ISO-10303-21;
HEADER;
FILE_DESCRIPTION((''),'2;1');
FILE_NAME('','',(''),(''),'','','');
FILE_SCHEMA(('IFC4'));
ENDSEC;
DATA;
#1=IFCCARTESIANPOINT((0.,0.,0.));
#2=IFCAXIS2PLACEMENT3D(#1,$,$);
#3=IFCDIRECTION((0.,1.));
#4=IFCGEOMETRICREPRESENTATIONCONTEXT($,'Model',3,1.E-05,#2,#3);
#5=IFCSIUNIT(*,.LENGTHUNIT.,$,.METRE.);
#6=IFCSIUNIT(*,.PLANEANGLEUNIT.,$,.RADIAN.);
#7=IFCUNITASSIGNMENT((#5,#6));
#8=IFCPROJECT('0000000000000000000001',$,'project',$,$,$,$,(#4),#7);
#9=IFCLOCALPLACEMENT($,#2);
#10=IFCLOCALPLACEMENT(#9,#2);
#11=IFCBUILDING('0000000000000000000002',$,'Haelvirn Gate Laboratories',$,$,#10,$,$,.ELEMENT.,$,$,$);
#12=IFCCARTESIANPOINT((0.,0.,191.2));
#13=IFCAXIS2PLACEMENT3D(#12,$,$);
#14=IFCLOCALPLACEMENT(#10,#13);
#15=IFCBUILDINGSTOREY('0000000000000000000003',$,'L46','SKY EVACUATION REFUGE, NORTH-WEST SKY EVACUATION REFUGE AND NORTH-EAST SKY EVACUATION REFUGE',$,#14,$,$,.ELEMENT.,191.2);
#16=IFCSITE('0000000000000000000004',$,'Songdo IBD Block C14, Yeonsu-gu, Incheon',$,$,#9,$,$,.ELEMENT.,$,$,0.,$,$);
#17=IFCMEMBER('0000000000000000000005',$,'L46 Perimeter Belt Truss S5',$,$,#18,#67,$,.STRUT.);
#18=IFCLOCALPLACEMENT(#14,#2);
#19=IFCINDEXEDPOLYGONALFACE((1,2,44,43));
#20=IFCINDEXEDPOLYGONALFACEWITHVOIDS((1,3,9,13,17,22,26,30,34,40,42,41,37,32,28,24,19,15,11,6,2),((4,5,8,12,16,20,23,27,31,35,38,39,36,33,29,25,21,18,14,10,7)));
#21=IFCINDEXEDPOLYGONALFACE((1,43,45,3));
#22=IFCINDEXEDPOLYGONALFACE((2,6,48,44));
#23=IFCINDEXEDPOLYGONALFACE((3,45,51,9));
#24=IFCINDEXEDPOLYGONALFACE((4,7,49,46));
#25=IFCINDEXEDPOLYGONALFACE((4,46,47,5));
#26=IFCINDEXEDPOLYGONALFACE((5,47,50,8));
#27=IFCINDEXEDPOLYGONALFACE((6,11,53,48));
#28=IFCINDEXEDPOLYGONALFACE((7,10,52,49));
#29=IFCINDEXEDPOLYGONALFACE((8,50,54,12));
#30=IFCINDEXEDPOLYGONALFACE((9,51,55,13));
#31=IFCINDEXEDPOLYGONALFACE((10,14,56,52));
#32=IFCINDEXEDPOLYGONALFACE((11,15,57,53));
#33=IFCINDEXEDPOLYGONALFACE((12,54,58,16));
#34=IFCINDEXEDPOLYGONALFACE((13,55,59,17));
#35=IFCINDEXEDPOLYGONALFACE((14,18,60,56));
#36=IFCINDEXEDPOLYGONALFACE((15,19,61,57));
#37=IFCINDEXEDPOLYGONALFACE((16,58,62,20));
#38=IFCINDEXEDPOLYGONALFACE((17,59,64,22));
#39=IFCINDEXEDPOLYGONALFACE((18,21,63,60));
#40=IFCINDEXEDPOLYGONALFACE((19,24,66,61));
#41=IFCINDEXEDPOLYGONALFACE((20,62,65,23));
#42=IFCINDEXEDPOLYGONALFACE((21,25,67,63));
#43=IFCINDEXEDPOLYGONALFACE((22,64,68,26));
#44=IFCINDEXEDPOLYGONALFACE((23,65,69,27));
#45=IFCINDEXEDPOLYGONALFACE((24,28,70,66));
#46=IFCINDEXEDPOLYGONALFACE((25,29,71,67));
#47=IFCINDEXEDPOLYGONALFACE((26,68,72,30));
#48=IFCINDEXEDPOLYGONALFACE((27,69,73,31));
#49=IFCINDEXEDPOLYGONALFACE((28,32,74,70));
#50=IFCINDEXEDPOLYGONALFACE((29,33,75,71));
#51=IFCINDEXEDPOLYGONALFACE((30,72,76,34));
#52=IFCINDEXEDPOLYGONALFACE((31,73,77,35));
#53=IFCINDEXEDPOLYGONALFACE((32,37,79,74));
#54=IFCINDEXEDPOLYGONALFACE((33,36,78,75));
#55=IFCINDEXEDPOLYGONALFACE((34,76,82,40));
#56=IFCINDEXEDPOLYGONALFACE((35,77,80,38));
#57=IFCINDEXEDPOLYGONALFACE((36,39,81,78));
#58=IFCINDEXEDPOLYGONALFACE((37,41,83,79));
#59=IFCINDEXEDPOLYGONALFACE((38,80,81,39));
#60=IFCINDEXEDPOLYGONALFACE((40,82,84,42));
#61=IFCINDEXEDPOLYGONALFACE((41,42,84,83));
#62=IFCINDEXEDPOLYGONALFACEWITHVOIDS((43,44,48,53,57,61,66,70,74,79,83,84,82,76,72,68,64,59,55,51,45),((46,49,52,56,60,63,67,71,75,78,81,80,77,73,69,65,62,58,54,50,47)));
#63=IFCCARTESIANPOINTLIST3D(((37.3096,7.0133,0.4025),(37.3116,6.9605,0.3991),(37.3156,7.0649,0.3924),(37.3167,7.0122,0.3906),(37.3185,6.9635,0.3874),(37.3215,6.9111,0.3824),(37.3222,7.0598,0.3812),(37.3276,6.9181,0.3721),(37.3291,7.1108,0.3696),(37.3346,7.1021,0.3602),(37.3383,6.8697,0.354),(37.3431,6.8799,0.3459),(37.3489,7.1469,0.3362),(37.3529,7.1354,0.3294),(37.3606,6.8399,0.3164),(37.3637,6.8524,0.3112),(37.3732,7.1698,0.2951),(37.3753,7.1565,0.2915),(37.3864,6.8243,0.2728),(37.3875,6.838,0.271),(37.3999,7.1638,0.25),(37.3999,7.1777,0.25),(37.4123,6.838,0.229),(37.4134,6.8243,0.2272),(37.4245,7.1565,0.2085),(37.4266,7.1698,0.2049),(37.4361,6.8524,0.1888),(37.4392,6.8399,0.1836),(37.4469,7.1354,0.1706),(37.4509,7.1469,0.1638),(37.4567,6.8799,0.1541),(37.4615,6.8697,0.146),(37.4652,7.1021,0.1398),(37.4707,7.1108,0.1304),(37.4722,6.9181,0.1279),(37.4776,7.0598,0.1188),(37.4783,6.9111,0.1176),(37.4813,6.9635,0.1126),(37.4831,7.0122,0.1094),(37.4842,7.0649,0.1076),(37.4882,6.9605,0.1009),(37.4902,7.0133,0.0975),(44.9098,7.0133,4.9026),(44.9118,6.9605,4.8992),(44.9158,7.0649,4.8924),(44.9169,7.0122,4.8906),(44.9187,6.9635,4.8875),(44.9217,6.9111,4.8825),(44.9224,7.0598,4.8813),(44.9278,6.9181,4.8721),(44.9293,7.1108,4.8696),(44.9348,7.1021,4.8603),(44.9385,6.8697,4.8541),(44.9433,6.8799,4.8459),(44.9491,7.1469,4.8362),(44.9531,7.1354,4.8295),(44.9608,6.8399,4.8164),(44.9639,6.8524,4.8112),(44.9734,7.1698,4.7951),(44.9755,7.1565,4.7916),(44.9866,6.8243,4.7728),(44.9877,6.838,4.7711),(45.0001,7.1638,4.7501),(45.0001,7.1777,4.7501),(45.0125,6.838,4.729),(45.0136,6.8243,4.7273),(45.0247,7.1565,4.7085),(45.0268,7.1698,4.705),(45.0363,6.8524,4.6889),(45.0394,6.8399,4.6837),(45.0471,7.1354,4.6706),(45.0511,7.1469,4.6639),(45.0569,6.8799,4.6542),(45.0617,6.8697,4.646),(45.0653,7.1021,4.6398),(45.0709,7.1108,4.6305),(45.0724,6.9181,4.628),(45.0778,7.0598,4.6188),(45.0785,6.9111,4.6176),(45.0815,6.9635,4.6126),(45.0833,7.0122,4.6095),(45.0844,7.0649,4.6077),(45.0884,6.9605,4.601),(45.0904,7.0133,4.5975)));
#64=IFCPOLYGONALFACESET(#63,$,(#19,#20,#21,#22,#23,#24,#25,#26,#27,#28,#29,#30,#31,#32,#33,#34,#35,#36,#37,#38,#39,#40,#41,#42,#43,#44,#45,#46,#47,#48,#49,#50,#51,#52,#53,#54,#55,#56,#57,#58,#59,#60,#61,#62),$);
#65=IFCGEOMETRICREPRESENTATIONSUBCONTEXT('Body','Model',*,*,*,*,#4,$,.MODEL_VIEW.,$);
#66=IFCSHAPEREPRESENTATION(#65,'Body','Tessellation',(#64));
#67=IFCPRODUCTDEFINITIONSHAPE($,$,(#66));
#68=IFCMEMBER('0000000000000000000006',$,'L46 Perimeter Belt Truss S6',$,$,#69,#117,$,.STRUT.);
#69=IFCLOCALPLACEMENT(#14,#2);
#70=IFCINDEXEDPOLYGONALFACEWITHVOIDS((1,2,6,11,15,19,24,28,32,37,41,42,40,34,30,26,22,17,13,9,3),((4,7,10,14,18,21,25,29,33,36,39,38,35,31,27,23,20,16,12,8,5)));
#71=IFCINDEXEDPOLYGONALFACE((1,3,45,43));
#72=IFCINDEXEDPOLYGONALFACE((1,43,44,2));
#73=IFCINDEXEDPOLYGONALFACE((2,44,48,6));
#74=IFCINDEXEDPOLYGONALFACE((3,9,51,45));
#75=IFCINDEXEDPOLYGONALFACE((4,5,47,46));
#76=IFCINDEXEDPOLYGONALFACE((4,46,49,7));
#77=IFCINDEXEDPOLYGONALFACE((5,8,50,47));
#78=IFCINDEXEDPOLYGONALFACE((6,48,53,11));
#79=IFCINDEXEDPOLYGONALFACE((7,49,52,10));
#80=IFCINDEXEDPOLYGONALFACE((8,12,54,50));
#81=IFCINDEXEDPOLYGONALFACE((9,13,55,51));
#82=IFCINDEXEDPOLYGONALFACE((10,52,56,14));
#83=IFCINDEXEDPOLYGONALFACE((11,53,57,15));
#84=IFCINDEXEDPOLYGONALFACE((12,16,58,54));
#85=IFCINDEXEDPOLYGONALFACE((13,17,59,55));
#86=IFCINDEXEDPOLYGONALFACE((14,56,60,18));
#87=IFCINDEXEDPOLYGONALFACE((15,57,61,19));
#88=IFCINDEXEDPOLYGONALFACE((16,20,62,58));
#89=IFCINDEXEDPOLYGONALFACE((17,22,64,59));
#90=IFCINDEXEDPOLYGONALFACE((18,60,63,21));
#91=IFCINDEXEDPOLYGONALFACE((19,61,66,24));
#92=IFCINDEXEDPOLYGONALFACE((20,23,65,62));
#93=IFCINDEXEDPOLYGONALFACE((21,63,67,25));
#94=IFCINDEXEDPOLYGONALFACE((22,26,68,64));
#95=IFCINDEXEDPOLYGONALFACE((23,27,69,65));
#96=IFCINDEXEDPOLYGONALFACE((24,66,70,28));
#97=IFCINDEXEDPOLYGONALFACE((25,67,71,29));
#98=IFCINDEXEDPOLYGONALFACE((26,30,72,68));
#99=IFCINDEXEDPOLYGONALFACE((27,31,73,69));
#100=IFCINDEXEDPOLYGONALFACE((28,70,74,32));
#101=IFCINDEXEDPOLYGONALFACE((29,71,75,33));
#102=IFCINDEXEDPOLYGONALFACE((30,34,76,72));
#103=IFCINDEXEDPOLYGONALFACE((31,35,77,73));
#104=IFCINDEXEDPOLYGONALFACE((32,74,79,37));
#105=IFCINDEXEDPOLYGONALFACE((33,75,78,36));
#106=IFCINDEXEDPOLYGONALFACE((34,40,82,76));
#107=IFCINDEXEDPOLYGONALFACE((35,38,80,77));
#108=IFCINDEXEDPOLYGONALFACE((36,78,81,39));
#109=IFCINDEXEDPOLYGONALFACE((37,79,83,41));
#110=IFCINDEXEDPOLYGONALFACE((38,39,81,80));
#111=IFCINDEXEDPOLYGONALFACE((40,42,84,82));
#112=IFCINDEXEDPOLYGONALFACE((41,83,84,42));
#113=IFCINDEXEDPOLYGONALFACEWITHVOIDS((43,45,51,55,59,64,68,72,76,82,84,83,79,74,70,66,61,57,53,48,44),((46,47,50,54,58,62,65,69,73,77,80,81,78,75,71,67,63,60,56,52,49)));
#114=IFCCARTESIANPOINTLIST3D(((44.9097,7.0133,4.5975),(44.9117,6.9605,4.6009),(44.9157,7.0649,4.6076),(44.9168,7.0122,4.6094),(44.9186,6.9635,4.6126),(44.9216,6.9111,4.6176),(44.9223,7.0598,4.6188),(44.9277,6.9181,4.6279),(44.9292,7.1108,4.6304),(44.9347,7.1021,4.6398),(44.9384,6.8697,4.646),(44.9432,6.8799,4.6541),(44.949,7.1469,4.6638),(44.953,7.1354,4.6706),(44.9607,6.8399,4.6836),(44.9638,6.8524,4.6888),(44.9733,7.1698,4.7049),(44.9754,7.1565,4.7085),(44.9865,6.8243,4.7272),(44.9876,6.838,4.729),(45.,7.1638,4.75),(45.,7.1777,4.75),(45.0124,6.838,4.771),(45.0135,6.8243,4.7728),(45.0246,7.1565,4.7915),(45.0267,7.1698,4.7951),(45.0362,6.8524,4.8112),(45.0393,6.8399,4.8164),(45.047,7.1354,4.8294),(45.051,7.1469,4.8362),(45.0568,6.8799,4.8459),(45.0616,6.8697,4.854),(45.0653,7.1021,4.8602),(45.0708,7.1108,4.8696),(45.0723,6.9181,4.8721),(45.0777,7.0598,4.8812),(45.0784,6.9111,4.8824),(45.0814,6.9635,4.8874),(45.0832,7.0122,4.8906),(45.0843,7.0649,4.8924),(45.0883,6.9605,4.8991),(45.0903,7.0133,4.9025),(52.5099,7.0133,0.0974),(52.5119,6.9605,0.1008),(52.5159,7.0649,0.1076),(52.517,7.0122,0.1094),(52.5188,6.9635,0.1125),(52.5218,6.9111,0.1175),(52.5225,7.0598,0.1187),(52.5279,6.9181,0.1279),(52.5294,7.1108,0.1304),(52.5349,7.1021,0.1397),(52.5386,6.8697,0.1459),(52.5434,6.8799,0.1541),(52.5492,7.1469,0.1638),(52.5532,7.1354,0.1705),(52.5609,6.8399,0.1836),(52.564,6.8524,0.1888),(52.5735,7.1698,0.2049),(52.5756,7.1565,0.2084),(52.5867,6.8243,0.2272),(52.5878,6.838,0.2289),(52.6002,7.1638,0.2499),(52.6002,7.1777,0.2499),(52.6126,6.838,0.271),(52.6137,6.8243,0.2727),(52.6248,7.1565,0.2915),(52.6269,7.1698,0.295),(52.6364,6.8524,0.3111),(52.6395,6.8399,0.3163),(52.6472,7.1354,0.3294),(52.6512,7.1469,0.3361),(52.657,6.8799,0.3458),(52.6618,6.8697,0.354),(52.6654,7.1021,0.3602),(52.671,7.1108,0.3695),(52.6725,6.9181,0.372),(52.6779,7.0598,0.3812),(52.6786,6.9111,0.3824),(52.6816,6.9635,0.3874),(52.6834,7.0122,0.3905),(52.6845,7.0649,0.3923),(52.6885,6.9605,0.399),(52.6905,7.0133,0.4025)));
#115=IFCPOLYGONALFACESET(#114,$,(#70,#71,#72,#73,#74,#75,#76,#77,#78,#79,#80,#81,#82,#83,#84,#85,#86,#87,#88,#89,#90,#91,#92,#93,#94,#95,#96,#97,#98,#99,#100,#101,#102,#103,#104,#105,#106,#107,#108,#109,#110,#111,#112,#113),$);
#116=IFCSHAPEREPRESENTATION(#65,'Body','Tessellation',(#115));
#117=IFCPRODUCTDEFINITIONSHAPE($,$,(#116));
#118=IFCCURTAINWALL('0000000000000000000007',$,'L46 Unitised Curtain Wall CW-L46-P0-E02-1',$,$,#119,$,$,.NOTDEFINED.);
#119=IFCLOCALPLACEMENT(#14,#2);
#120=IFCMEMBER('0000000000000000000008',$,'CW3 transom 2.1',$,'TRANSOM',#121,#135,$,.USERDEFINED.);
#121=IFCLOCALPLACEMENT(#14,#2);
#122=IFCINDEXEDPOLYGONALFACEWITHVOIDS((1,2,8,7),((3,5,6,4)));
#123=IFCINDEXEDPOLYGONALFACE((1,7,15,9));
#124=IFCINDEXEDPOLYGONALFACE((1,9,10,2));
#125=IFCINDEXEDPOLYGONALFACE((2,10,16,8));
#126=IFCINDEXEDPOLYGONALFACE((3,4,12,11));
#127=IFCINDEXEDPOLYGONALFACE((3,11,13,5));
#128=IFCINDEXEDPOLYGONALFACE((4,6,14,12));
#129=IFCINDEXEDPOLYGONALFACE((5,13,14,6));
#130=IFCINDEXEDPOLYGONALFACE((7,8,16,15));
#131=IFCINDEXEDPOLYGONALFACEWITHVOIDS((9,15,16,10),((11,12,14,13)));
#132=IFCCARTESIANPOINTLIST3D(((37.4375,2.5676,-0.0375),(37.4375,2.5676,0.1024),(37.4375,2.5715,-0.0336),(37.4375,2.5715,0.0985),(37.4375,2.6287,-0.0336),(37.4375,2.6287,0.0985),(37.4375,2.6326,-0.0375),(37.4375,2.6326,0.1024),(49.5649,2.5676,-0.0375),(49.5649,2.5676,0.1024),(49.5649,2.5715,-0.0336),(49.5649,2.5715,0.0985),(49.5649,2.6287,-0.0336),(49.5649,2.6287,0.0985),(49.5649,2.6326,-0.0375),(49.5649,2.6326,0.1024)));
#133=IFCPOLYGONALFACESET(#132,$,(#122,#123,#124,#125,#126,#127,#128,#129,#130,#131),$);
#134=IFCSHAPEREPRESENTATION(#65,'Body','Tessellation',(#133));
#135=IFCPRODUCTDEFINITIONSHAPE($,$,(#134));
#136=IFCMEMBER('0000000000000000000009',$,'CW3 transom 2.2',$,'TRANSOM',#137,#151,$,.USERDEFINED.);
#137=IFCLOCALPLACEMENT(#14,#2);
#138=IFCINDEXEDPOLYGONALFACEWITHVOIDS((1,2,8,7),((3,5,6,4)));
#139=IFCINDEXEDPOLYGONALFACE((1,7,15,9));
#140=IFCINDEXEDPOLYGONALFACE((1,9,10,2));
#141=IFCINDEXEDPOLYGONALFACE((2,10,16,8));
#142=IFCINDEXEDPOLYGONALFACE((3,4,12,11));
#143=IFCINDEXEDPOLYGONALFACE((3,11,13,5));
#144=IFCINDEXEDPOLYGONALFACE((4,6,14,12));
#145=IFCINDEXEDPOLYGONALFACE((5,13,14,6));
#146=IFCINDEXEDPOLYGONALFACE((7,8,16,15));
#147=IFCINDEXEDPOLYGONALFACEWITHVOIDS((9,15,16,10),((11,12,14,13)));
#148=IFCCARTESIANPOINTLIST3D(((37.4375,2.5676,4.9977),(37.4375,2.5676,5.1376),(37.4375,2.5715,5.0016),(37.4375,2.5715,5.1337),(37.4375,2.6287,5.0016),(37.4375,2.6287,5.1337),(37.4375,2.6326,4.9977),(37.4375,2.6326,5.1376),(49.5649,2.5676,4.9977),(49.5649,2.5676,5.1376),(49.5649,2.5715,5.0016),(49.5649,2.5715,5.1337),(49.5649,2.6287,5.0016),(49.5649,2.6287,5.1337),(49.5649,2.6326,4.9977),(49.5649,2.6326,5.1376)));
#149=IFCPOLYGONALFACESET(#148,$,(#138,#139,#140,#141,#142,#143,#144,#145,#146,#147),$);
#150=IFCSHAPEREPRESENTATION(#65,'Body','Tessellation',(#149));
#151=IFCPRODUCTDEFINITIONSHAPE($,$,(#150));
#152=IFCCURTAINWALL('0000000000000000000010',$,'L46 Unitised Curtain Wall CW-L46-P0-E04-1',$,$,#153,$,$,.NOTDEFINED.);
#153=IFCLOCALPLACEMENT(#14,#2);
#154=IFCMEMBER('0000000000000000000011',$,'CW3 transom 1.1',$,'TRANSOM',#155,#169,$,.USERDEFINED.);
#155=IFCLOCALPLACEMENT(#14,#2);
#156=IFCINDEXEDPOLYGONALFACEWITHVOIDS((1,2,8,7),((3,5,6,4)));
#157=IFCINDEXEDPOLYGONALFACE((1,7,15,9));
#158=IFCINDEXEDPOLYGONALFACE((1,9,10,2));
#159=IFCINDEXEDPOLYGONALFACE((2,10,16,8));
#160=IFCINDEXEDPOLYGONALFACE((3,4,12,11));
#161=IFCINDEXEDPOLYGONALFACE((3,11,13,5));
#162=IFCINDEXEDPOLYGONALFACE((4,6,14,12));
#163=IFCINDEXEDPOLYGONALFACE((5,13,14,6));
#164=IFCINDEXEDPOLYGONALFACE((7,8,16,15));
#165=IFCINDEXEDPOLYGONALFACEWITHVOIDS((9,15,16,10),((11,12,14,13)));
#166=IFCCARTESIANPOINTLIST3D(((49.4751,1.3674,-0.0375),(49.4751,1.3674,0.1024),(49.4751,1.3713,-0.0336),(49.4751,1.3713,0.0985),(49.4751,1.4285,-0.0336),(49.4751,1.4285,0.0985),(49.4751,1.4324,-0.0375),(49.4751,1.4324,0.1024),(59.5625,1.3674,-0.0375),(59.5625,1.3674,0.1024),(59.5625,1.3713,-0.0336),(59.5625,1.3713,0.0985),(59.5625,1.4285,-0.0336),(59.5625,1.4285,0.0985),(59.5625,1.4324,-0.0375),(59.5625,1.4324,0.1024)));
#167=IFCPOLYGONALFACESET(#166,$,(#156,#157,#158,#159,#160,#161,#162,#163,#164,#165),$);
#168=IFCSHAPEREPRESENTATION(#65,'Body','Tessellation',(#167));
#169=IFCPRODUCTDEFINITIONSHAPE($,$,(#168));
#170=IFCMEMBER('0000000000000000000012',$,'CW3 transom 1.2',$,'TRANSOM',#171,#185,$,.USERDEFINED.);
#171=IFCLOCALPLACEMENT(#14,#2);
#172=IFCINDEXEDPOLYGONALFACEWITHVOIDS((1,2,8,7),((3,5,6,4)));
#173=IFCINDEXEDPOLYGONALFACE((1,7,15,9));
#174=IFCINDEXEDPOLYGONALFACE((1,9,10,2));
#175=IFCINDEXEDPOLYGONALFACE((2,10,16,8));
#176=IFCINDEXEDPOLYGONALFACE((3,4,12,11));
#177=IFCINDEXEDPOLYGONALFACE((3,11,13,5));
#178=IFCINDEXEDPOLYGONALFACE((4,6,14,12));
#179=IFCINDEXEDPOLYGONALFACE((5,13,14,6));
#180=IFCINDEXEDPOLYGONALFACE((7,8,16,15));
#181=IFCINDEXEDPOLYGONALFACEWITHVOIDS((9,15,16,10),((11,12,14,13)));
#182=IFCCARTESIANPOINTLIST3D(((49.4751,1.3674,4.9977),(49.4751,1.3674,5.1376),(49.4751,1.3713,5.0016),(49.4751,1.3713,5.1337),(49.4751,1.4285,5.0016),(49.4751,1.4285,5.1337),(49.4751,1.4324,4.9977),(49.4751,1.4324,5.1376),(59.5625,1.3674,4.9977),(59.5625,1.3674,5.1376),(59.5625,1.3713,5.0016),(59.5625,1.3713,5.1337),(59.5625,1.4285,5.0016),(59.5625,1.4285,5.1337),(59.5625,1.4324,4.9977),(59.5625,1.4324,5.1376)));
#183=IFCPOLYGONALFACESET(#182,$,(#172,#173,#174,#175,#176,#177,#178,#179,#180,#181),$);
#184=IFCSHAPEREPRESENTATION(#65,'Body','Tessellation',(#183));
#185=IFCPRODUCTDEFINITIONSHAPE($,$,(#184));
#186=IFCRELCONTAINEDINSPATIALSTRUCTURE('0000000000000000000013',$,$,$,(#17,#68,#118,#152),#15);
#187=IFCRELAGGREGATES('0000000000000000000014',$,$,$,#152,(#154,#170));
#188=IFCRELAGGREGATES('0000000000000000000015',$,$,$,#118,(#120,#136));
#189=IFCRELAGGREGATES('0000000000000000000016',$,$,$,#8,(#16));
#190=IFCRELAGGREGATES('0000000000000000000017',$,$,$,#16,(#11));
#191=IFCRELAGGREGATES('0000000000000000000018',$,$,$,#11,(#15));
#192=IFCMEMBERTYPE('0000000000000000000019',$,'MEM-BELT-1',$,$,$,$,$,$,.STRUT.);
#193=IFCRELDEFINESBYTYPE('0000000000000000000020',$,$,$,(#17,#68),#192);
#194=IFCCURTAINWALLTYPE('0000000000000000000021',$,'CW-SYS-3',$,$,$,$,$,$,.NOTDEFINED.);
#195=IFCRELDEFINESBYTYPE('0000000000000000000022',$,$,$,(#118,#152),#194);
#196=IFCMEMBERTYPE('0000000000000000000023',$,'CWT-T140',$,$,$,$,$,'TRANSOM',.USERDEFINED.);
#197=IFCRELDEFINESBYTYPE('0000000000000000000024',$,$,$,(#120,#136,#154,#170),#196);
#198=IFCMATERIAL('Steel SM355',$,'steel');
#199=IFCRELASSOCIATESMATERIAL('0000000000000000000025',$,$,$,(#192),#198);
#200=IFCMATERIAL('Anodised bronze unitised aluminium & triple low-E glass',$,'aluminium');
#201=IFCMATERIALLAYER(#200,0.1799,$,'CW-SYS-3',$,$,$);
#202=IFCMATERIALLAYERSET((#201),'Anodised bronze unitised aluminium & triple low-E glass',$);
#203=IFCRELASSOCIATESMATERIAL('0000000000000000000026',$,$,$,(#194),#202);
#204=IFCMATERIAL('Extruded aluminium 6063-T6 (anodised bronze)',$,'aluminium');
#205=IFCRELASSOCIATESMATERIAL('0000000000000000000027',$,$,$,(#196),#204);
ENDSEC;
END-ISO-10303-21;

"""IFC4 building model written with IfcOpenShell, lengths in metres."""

from ifc_helpers import new_model, si_unit, direction, frame, origin, origin_2d, place, context, subcontext, project, spatial, hollow_rectangle, hollow_circle, extrude, source, transform, mapped, material, layer, layer_set, material_profile, profile_set, type_object, type_shapes, element, aggregate, save


model = new_model("IFC4")

# Units and contexts
model_context = context("Model", 3, precision=1e-05, world=origin(), true_north=direction((0.0, 1.0)))
body_context = subcontext(model_context, "Body", "Model", "MODEL_VIEW")
ifc_project = project(units=[si_unit("LENGTHUNIT", "METRE"), si_unit("PLANEANGLEUNIT", "RADIAN")], contexts=[model_context])

# Site, building, storey
site_placement = place(None, origin())
site = spatial("IfcSite", under=ifc_project, at=site_placement, Name="Songdo IBD Block C14, Yeonsu-gu, Incheon", CompositionType="ELEMENT", RefElevation=0.0)
building_placement = place(site_placement, origin())
building = spatial("IfcBuilding", under=site, at=building_placement, Name="Haelvirn Gate Laboratories", CompositionType="ELEMENT")
storey_placement = place(building_placement, frame((0.0, 0.0, 191.2)))
storey = spatial("IfcBuildingStorey", under=building, at=storey_placement, Name="L46", Description="SKY EVACUATION REFUGE, NORTH-WEST SKY EVACUATION REFUGE AND NORTH-EAST SKY EVACUATION REFUGE", CompositionType="ELEMENT", Elevation=191.2)

# Shared definitions
ifc_material_1 = material(Name="Steel SM355", Category="steel")

# Members
ifc_material_profile_1 = material_profile(ifc_material_1, hollow_circle(Radius=0.1777, WallThickness=0.0139, at=origin_2d()), Name="CHS-355x14")
ifc_profile_set_1 = profile_set([ifc_material_profile_1], Name="Steel SM355")
member_type_1 = type_object("IfcMemberType", Name="MEM-BELT-1", PredefinedType="STRUT", material=ifc_profile_set_1)
shared_shape_1 = source(origin(), body_context, "Body", "SweptSolid", [
    extrude(hollow_circle(Radius=0.1777, WallThickness=0.0139, at=origin_2d()), origin(), (0.0, 0.0, 1.0), 8.8325),
])
type_shapes(member_type_1, [shared_shape_1])
for number, where, z_axis, x_axis, name in (
    (1, (37.3999, 7.0, 0.25), (0.860478, 0.0, 0.509487), (0.0, 1.0, 0.0), "L46 Perimeter Belt Truss S5"),
    (2, (45.0, 7.0, 4.75), (0.860478, 0.0, -0.509487), (0.0, 1.0, 0.0), "L46 Perimeter Belt Truss S6"),
):
    element("IfcMember", number, at=place(storey_placement, frame(where, z_axis=z_axis, x_axis=x_axis)), inside=storey, type_object=member_type_1, Name=name, PredefinedType="STRUT", context=body_context, shape_type="MappedRepresentation", body=[
        mapped(shared_shape_1, transform((0.0, 0.0, 0.0), scale=1.0)),
    ])

# Curtain walls, members
ifc_material_2 = material(Name="Anodised bronze unitised aluminium & triple low-E glass", Category="aluminium")
ifc_layer_1 = layer(ifc_material_2, 0.1799, Name="CW-SYS-3")
ifc_layer_set_1 = layer_set([ifc_layer_1], Name="Anodised bronze unitised aluminium & triple low-E glass")
curtain_wall_type = type_object("IfcCurtainWallType", Name="CW-SYS-3", PredefinedType="NOTDEFINED", material=ifc_layer_set_1)
curtain_wall_1_placement = place(storey_placement, origin())
curtain_wall_1 = element("IfcCurtainWall", 3, at=curtain_wall_1_placement, inside=storey, type_object=curtain_wall_type, Name="L46 Unitised Curtain Wall CW-L46-P0-E02-1", PredefinedType="NOTDEFINED")
ifc_material_3 = material(Name="Extruded aluminium 6063-T6 (anodised bronze)", Category="aluminium")
ifc_material_profile_2 = material_profile(ifc_material_3, hollow_rectangle(XDim=0.0649, YDim=0.1399, WallThickness=0.0039, at=origin_2d()), Name="CWT-140x65x4")
ifc_profile_set_2 = profile_set([ifc_material_profile_2], Name="Extruded aluminium 6063-T6 (anodised bronze)")
member_type_2 = type_object("IfcMemberType", Name="CWT-T140", ElementType="TRANSOM", PredefinedType="USERDEFINED", material=ifc_profile_set_2)
shared_shape_2 = source(origin(), body_context, "Body", "SweptSolid", [
    extrude(hollow_rectangle(XDim=0.0649, YDim=0.1399, WallThickness=0.0039, at=origin_2d()), origin(), (0.0, 0.0, 1.0), 12.1274),
])
member_1_placement = place(storey_placement, frame((37.4375, 2.6001, 0.0325), z_axis=(1.0, 0.0, 0.0), x_axis=(0.0, 1.0, 0.0)))
member_1 = element("IfcMember", 4, at=member_1_placement, type_object=member_type_2, Name="CW3 transom 2.1", ObjectType="TRANSOM", PredefinedType="USERDEFINED", context=body_context, shape_type="MappedRepresentation", body=[
    mapped(shared_shape_2, transform((0.0, 0.0, 0.0), scale=1.0)),
])
member_2_placement = place(storey_placement, frame((37.4375, 2.6001, 5.0676), z_axis=(1.0, 0.0, 0.0), x_axis=(0.0, 1.0, 0.0)))
member_2 = element("IfcMember", 5, at=member_2_placement, type_object=member_type_2, Name="CW3 transom 2.2", ObjectType="TRANSOM", PredefinedType="USERDEFINED", context=body_context, shape_type="MappedRepresentation", body=[
    mapped(shared_shape_2, transform((0.0, 0.0, 0.0), scale=1.0)),
])
curtain_wall_2_placement = place(storey_placement, origin())
curtain_wall_2 = element("IfcCurtainWall", 6, at=curtain_wall_2_placement, inside=storey, type_object=curtain_wall_type, Name="L46 Unitised Curtain Wall CW-L46-P0-E04-1", PredefinedType="NOTDEFINED")
shared_shape_3 = source(origin(), body_context, "Body", "SweptSolid", [
    extrude(hollow_rectangle(XDim=0.0649, YDim=0.1399, WallThickness=0.0039, at=origin_2d()), origin(), (0.0, 0.0, 1.0), 10.0874),
])
type_shapes(member_type_2, [shared_shape_2, shared_shape_3])
member_3_placement = place(storey_placement, frame((49.4751, 1.3999, 0.0325), z_axis=(1.0, 0.0, 0.0), x_axis=(0.0, 1.0, 0.0)))
member_3 = element("IfcMember", 7, at=member_3_placement, type_object=member_type_2, Name="CW3 transom 1.1", ObjectType="TRANSOM", PredefinedType="USERDEFINED", context=body_context, shape_type="MappedRepresentation", body=[
    mapped(shared_shape_3, transform((0.0, 0.0, 0.0), scale=1.0)),
])
member_4_placement = place(storey_placement, frame((49.4751, 1.3999, 5.0676), z_axis=(1.0, 0.0, 0.0), x_axis=(0.0, 1.0, 0.0)))
member_4 = element("IfcMember", 8, at=member_4_placement, type_object=member_type_2, Name="CW3 transom 1.2", ObjectType="TRANSOM", PredefinedType="USERDEFINED", context=body_context, shape_type="MappedRepresentation", body=[
    mapped(shared_shape_3, transform((0.0, 0.0, 0.0), scale=1.0)),
])

aggregate(curtain_wall_2, [member_3, member_4])
aggregate(curtain_wall_1, [member_1, member_2])

save(model, "model.ifc")
